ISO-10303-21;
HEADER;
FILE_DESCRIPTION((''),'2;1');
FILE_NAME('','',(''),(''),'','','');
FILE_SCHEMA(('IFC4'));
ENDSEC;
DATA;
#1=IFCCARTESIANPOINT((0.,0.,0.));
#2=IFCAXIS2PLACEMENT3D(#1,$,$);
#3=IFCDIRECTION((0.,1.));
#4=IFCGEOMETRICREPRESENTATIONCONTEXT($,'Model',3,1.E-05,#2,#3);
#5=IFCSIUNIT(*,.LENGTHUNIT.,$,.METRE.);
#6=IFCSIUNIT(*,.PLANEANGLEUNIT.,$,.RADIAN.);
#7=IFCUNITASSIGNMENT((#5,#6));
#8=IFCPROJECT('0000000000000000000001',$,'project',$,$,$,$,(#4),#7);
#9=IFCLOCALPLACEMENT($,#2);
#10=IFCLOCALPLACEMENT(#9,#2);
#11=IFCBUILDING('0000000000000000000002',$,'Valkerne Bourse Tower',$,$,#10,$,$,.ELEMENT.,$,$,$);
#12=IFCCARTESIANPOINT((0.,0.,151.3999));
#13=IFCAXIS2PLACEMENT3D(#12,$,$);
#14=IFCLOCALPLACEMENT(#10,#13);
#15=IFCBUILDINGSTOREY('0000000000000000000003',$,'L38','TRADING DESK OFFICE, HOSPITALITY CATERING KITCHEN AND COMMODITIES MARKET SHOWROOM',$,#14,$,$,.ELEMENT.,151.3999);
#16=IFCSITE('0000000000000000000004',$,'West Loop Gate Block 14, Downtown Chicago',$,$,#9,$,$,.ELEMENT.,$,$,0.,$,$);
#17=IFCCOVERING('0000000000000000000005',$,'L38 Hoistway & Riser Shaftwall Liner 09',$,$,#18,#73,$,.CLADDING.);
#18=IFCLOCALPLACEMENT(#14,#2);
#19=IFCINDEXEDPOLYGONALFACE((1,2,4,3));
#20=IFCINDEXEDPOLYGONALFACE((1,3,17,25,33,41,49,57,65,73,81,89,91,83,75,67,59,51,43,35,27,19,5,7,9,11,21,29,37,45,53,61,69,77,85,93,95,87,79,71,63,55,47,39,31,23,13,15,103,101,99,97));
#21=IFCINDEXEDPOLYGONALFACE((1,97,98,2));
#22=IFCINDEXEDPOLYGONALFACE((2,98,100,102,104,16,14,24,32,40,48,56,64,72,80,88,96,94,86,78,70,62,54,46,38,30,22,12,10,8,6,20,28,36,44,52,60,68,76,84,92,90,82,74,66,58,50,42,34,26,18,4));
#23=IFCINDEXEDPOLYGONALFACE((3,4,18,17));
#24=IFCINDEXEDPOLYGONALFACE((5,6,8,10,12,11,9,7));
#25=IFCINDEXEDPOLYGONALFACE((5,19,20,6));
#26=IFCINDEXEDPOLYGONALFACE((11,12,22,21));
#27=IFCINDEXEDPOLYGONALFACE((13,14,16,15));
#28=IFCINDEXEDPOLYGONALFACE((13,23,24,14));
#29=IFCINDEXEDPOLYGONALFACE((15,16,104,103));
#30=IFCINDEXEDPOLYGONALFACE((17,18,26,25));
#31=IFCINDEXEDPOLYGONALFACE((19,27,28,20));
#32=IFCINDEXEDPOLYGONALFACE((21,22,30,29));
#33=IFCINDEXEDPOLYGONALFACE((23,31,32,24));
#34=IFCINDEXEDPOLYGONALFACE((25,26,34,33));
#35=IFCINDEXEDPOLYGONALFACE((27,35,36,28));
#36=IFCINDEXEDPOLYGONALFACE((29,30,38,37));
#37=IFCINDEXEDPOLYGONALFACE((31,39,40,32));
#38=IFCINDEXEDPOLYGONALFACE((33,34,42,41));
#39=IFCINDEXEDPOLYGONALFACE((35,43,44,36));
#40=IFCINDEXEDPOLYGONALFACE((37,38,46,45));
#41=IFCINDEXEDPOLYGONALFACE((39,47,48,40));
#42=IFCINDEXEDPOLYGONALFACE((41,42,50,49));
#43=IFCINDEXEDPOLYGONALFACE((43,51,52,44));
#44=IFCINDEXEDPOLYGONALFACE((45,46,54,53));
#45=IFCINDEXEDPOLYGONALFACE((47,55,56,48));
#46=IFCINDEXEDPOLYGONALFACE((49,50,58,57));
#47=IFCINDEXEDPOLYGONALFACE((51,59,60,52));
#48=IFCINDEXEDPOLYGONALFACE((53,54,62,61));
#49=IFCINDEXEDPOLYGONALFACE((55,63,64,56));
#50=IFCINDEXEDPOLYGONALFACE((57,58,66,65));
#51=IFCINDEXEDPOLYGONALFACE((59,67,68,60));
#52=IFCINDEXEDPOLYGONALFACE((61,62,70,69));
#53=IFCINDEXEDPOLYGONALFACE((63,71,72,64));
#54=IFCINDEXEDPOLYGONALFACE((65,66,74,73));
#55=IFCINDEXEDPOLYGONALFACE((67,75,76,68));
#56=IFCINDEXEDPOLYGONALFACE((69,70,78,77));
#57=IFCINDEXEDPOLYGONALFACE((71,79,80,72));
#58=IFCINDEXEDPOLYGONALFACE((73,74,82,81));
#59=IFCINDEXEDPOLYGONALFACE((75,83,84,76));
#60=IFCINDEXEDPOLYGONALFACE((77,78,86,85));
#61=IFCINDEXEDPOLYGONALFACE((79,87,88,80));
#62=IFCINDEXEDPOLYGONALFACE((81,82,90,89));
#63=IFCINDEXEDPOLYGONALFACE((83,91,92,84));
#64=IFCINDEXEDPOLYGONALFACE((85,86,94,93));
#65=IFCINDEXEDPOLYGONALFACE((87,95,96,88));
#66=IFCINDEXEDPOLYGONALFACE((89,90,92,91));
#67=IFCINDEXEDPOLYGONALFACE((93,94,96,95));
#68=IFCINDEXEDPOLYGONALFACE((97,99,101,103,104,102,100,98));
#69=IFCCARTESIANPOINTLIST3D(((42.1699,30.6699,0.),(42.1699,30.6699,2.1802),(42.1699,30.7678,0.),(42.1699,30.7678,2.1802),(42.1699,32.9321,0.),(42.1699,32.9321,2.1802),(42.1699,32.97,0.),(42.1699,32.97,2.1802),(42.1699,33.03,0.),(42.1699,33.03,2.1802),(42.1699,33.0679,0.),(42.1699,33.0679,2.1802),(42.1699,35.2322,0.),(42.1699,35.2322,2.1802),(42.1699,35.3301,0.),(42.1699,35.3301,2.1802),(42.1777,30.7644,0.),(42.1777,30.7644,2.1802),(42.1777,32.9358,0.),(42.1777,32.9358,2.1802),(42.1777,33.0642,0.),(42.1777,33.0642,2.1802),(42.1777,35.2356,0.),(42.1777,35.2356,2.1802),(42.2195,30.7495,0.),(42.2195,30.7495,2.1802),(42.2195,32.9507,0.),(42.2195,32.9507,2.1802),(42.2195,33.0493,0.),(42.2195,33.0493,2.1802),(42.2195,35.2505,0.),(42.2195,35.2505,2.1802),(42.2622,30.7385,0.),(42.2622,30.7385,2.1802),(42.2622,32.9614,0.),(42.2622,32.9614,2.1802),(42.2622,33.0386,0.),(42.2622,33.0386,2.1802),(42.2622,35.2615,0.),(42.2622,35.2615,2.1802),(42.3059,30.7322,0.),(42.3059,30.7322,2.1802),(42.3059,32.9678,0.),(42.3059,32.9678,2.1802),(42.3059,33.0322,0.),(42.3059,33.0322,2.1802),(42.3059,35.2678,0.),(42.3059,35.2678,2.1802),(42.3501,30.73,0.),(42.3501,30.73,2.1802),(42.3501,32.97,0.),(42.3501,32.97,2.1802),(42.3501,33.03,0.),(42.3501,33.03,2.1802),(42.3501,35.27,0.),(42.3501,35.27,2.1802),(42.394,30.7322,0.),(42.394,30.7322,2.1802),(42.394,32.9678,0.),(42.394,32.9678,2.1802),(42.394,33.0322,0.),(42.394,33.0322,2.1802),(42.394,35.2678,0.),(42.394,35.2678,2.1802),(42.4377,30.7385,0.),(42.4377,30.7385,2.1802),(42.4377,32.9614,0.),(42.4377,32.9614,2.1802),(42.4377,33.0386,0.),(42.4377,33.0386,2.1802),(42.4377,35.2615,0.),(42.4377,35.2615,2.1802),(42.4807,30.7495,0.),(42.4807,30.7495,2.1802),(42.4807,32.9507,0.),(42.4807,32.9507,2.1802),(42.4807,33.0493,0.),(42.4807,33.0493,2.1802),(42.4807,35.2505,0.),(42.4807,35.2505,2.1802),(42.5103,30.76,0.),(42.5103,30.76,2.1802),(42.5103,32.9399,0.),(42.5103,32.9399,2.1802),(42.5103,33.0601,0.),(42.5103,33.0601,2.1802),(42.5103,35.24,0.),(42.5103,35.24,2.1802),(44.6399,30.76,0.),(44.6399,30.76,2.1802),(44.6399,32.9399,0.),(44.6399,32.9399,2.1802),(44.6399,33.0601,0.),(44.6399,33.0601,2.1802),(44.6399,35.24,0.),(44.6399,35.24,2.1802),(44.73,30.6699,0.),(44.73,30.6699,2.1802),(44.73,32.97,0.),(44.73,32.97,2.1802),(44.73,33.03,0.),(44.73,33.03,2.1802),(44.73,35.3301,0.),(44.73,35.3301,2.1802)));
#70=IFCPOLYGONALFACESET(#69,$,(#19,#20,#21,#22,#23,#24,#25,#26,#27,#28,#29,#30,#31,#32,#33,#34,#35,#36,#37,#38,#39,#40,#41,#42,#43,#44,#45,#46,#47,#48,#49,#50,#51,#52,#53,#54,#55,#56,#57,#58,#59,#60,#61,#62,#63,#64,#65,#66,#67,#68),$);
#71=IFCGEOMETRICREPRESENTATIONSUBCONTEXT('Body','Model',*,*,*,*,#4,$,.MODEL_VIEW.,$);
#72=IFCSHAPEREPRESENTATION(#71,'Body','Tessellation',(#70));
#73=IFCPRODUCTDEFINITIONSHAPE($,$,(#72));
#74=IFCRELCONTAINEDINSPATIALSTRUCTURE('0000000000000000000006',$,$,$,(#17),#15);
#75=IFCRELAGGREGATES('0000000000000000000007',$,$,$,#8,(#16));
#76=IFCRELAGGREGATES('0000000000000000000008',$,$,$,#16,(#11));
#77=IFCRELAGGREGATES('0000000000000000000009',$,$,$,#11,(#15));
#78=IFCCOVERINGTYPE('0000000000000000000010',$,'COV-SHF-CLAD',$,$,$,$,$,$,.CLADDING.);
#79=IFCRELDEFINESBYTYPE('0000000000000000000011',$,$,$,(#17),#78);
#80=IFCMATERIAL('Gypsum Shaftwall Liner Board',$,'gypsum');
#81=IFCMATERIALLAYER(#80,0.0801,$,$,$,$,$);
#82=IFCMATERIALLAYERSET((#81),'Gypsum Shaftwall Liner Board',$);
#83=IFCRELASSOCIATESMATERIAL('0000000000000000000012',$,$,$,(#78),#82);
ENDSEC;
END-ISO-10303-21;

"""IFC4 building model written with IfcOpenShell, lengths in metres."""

from ifc_helpers import new_model, si_unit, direction, frame, origin, place, context, subcontext, project, spatial, polyline, outline, extrude, material, layer, layer_set, type_object, element, save


model = new_model("IFC4")

# Units and contexts
model_context = context("Model", 3, precision=1e-05, world=origin(), true_north=direction((0.0, 1.0)))
body_context = subcontext(model_context, "Body", "Model", "MODEL_VIEW")
ifc_project = project(units=[si_unit("LENGTHUNIT", "METRE"), si_unit("PLANEANGLEUNIT", "RADIAN")], contexts=[model_context])

# Site, building, storey
site_placement = place(None, origin())
site = spatial("IfcSite", under=ifc_project, at=site_placement, Name="West Loop Gate Block 14, Downtown Chicago", CompositionType="ELEMENT", RefElevation=0.0)
building_placement = place(site_placement, origin())
building = spatial("IfcBuilding", under=site, at=building_placement, Name="Valkerne Bourse Tower", CompositionType="ELEMENT")
storey_placement = place(building_placement, frame((0.0, 0.0, 151.3999)))
storey = spatial("IfcBuildingStorey", under=building, at=storey_placement, Name="L38", Description="TRADING DESK OFFICE, HOSPITALITY CATERING KITCHEN AND COMMODITIES MARKET SHOWROOM", CompositionType="ELEMENT", Elevation=151.3999)

# Covering
ifc_material_1 = material(Name="Gypsum Shaftwall Liner Board", Category="gypsum")
ifc_layer_1 = layer(ifc_material_1, 0.0801)
ifc_layer_set_1 = layer_set([ifc_layer_1], Name="Gypsum Shaftwall Liner Board")
covering_type_1 = type_object("IfcCoveringType", Name="COV-SHF-CLAD", PredefinedType="CLADDING", material=ifc_layer_set_1)
covering_1_placement = place(storey_placement, origin())
element("IfcCovering", 1, at=covering_1_placement, inside=storey, type_object=covering_type_1, Name="L38 Hoistway & Riser Shaftwall Liner 09", PredefinedType="CLADDING", context=body_context, shape_type="SweptSolid", body=[
    extrude(outline(polyline([(42.1699, 33.0679), (42.1777, 33.0642), (42.2195, 33.0493), (42.2622, 33.0386), (42.3059, 33.0322), (42.3501, 33.03), (42.394, 33.0322), (42.4377, 33.0386), (42.4807, 33.0493), (42.5103, 33.0601), (44.6399, 33.0601), (44.6399, 35.24), (42.5103, 35.24), (42.4807, 35.2505), (42.4377, 35.2615), (42.394, 35.2678), (42.3501, 35.27), (42.3059, 35.2678), (42.2622, 35.2615), (42.2195, 35.2505), (42.1777, 35.2356), (42.1699, 35.2322), (42.1699, 35.3301), (44.73, 35.3301), (44.73, 33.03), (44.73, 32.97), (44.73, 30.6699), (42.1699, 30.6699), (42.1699, 30.7678), (42.1777, 30.7644), (42.2195, 30.7495), (42.2622, 30.7385), (42.3059, 30.7322), (42.3501, 30.73), (42.394, 30.7322), (42.4377, 30.7385), (42.4807, 30.7495), (42.5103, 30.76), (44.6399, 30.76), (44.6399, 32.9399), (42.5103, 32.9399), (42.4807, 32.9507), (42.4377, 32.9614), (42.394, 32.9678), (42.3501, 32.97), (42.3059, 32.9678), (42.2622, 32.9614), (42.2195, 32.9507), (42.1777, 32.9358), (42.1699, 32.9321), (42.1699, 32.97), (42.1699, 33.03), (42.1699, 33.0679)])), origin(), (0.0, 0.0, 1.0), 2.1802),
])

save(model, "model.ifc")
